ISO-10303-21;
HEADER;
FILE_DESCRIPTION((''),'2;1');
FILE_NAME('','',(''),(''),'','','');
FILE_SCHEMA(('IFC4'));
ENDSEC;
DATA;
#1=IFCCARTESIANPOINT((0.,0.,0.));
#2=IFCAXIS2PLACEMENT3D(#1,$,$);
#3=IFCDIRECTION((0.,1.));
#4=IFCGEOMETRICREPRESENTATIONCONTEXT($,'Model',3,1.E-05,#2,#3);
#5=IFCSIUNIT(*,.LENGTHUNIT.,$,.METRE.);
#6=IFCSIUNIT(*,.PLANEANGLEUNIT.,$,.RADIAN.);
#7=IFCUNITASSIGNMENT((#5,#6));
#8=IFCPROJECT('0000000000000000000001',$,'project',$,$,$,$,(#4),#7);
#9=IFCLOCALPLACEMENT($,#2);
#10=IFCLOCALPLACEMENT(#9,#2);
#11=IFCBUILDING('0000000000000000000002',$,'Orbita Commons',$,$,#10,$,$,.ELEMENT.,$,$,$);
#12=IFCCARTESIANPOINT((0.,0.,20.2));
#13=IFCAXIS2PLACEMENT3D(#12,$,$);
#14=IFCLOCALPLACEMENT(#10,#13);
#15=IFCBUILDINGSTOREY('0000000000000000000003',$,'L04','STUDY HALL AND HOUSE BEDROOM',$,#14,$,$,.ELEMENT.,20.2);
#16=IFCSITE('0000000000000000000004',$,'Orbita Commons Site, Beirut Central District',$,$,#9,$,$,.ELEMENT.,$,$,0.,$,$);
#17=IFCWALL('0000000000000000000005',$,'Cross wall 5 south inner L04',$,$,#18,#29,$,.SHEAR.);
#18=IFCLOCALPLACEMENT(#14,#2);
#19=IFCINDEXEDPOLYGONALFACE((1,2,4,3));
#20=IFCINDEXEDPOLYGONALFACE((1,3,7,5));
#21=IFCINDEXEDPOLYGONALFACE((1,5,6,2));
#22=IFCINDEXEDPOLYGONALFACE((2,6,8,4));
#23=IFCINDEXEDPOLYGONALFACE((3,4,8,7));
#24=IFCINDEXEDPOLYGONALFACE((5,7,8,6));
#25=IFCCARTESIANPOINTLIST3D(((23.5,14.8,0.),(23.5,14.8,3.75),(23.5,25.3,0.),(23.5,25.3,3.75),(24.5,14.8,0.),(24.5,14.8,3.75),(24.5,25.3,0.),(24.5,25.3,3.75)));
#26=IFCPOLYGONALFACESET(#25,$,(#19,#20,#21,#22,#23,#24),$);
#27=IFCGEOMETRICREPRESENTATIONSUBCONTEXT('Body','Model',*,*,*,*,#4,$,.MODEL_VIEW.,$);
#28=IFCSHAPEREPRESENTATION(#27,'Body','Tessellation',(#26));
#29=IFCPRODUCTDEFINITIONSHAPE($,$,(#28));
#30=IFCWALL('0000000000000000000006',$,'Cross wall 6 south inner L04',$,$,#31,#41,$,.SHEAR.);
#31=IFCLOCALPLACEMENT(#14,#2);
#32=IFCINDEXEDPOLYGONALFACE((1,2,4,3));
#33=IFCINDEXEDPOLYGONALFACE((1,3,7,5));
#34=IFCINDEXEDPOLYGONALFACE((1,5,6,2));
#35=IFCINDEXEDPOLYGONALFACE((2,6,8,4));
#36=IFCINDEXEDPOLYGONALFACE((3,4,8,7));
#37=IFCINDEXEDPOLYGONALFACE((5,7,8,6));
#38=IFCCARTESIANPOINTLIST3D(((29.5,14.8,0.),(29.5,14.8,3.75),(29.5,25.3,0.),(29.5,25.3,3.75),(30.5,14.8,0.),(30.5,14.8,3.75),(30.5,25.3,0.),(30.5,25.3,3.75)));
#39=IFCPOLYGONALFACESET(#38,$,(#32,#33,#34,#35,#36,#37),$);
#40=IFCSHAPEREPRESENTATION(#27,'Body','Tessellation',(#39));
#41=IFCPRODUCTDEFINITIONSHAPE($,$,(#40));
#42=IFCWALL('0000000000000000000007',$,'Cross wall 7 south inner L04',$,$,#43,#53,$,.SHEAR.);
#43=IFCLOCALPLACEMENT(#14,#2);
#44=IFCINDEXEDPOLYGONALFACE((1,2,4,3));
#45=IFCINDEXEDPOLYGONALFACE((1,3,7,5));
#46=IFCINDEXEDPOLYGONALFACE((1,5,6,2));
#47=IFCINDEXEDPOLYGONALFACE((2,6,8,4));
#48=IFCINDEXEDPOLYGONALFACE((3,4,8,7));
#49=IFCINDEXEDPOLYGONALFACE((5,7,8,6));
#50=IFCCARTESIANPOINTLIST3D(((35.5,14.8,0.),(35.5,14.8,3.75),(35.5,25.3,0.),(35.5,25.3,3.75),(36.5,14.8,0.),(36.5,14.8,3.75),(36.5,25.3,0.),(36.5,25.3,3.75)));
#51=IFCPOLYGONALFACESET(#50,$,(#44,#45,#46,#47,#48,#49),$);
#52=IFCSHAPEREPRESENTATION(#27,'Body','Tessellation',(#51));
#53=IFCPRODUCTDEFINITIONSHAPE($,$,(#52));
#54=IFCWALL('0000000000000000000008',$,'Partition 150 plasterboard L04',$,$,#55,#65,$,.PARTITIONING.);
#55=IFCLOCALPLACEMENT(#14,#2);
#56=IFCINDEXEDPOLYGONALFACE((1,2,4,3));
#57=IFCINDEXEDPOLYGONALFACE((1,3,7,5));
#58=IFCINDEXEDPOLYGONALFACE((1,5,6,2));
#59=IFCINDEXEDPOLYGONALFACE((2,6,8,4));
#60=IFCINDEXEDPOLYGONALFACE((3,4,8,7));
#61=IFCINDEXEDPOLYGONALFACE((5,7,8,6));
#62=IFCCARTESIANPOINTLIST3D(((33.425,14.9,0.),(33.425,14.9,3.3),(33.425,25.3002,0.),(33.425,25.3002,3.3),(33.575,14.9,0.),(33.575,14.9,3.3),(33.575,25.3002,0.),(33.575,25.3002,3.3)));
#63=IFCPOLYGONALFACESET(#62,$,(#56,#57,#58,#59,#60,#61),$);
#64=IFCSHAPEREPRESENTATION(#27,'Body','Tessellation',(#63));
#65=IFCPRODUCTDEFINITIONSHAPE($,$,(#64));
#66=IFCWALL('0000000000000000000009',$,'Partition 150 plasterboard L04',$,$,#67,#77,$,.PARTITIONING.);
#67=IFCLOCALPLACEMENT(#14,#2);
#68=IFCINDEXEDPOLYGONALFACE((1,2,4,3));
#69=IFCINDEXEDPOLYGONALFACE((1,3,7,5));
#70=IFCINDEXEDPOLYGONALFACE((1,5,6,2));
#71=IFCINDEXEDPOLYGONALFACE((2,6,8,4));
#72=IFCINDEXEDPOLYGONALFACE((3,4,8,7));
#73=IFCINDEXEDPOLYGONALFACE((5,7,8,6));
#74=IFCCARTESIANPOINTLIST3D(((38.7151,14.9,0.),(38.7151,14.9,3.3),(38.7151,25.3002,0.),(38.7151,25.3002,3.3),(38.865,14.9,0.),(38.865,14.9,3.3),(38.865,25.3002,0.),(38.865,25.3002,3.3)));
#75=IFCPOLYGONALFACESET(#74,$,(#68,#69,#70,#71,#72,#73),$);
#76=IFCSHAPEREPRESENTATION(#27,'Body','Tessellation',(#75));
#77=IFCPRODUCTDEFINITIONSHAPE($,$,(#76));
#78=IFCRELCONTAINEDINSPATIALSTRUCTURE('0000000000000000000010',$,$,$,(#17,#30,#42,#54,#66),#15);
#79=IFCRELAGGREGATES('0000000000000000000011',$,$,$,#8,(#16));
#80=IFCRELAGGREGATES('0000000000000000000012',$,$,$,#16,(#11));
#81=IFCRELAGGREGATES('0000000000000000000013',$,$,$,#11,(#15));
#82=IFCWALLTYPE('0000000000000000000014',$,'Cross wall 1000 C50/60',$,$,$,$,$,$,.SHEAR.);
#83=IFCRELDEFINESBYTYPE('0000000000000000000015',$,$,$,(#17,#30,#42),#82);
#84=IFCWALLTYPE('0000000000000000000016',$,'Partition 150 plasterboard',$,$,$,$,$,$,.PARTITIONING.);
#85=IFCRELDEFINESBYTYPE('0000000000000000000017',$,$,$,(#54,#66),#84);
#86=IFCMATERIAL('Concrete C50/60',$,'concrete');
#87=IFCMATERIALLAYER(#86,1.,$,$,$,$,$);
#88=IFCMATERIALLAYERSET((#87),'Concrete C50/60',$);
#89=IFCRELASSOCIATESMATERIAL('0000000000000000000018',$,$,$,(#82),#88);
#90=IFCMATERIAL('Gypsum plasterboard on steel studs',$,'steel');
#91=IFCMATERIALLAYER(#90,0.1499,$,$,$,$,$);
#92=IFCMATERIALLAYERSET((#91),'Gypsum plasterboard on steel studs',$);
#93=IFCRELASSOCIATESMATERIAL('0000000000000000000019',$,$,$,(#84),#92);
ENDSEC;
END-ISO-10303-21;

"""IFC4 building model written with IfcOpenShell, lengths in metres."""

from ifc_helpers import new_model, si_unit, direction, frame, frame_2d, origin, place, context, subcontext, project, spatial, rectangle, extrude, material, layer, layer_set, type_object, element, save


model = new_model("IFC4")

# Units and contexts
model_context = context("Model", 3, precision=1e-05, world=origin(), true_north=direction((0.0, 1.0)))
body_context = subcontext(model_context, "Body", "Model", "MODEL_VIEW")
ifc_project = project(units=[si_unit("LENGTHUNIT", "METRE"), si_unit("PLANEANGLEUNIT", "RADIAN")], contexts=[model_context])

# Site, building, storey
site_placement = place(None, origin())
site = spatial("IfcSite", under=ifc_project, at=site_placement, Name="Orbita Commons Site, Beirut Central District", CompositionType="ELEMENT", RefElevation=0.0)
building_placement = place(site_placement, origin())
building = spatial("IfcBuilding", under=site, at=building_placement, Name="Orbita Commons", CompositionType="ELEMENT")
storey_placement = place(building_placement, frame((0.0, 0.0, 20.2)))
storey = spatial("IfcBuildingStorey", under=building, at=storey_placement, Name="L04", Description="STUDY HALL AND HOUSE BEDROOM", CompositionType="ELEMENT", Elevation=20.2)

# Walls
ifc_material_1 = material(Name="Concrete C50/60", Category="concrete")
ifc_layer_1 = layer(ifc_material_1, 1.0)
ifc_layer_set_1 = layer_set([ifc_layer_1], Name="Concrete C50/60")
wall_type_1 = type_object("IfcWallType", Name="Cross wall 1000 C50/60", PredefinedType="SHEAR", material=ifc_layer_set_1)
for number, where, z_axis, x_axis, name in (
    (1, (24.0, 14.8, 0.0), (0.0, 0.0, 1.0), (0.0, 1.0, 0.0), "Cross wall 5 south inner L04"),
    (2, (30.0, 14.8, 0.0), (0.0, 0.0, 1.0), (0.0, 1.0, 0.0), "Cross wall 6 south inner L04"),
    (3, (36.0, 14.8, 0.0), (0.0, 0.0, 1.0), (0.0, 1.0, 0.0), "Cross wall 7 south inner L04"),
):
    element("IfcWall", number, at=place(storey_placement, frame(where, z_axis=z_axis, x_axis=x_axis)), inside=storey, type_object=wall_type_1, Name=name, PredefinedType="SHEAR", context=body_context, shape_type="SweptSolid", body=[
        extrude(rectangle(XDim=10.5, YDim=1.0, at=frame_2d((5.25, 0.0))), origin(), (0.0, 0.0, 1.0), 3.75),
    ])
ifc_material_2 = material(Name="Gypsum plasterboard on steel studs", Category="steel")
ifc_layer_2 = layer(ifc_material_2, 0.1499)
ifc_layer_set_2 = layer_set([ifc_layer_2], Name="Gypsum plasterboard on steel studs")
wall_type_2 = type_object("IfcWallType", Name="Partition 150 plasterboard", PredefinedType="PARTITIONING", material=ifc_layer_set_2)
for number, where, z_axis, x_axis, name in (
    (4, (33.5, 14.8999, 0.0), (0.0, 0.0, 1.0), (0.0, 1.0, 0.0), "Partition 150 plasterboard L04"),
    (5, (38.79, 14.8999, 0.0), (0.0, 0.0, 1.0), (0.0, 1.0, 0.0), "Partition 150 plasterboard L04"),
):
    element("IfcWall", number, at=place(storey_placement, frame(where, z_axis=z_axis, x_axis=x_axis)), inside=storey, type_object=wall_type_2, Name=name, PredefinedType="PARTITIONING", context=body_context, shape_type="SweptSolid", body=[
        extrude(rectangle(XDim=10.4001, YDim=0.1499, at=frame_2d((5.2002, 0.0))), origin(), (0.0, 0.0, 1.0), 3.3),
    ])

save(model, "model.ifc")
